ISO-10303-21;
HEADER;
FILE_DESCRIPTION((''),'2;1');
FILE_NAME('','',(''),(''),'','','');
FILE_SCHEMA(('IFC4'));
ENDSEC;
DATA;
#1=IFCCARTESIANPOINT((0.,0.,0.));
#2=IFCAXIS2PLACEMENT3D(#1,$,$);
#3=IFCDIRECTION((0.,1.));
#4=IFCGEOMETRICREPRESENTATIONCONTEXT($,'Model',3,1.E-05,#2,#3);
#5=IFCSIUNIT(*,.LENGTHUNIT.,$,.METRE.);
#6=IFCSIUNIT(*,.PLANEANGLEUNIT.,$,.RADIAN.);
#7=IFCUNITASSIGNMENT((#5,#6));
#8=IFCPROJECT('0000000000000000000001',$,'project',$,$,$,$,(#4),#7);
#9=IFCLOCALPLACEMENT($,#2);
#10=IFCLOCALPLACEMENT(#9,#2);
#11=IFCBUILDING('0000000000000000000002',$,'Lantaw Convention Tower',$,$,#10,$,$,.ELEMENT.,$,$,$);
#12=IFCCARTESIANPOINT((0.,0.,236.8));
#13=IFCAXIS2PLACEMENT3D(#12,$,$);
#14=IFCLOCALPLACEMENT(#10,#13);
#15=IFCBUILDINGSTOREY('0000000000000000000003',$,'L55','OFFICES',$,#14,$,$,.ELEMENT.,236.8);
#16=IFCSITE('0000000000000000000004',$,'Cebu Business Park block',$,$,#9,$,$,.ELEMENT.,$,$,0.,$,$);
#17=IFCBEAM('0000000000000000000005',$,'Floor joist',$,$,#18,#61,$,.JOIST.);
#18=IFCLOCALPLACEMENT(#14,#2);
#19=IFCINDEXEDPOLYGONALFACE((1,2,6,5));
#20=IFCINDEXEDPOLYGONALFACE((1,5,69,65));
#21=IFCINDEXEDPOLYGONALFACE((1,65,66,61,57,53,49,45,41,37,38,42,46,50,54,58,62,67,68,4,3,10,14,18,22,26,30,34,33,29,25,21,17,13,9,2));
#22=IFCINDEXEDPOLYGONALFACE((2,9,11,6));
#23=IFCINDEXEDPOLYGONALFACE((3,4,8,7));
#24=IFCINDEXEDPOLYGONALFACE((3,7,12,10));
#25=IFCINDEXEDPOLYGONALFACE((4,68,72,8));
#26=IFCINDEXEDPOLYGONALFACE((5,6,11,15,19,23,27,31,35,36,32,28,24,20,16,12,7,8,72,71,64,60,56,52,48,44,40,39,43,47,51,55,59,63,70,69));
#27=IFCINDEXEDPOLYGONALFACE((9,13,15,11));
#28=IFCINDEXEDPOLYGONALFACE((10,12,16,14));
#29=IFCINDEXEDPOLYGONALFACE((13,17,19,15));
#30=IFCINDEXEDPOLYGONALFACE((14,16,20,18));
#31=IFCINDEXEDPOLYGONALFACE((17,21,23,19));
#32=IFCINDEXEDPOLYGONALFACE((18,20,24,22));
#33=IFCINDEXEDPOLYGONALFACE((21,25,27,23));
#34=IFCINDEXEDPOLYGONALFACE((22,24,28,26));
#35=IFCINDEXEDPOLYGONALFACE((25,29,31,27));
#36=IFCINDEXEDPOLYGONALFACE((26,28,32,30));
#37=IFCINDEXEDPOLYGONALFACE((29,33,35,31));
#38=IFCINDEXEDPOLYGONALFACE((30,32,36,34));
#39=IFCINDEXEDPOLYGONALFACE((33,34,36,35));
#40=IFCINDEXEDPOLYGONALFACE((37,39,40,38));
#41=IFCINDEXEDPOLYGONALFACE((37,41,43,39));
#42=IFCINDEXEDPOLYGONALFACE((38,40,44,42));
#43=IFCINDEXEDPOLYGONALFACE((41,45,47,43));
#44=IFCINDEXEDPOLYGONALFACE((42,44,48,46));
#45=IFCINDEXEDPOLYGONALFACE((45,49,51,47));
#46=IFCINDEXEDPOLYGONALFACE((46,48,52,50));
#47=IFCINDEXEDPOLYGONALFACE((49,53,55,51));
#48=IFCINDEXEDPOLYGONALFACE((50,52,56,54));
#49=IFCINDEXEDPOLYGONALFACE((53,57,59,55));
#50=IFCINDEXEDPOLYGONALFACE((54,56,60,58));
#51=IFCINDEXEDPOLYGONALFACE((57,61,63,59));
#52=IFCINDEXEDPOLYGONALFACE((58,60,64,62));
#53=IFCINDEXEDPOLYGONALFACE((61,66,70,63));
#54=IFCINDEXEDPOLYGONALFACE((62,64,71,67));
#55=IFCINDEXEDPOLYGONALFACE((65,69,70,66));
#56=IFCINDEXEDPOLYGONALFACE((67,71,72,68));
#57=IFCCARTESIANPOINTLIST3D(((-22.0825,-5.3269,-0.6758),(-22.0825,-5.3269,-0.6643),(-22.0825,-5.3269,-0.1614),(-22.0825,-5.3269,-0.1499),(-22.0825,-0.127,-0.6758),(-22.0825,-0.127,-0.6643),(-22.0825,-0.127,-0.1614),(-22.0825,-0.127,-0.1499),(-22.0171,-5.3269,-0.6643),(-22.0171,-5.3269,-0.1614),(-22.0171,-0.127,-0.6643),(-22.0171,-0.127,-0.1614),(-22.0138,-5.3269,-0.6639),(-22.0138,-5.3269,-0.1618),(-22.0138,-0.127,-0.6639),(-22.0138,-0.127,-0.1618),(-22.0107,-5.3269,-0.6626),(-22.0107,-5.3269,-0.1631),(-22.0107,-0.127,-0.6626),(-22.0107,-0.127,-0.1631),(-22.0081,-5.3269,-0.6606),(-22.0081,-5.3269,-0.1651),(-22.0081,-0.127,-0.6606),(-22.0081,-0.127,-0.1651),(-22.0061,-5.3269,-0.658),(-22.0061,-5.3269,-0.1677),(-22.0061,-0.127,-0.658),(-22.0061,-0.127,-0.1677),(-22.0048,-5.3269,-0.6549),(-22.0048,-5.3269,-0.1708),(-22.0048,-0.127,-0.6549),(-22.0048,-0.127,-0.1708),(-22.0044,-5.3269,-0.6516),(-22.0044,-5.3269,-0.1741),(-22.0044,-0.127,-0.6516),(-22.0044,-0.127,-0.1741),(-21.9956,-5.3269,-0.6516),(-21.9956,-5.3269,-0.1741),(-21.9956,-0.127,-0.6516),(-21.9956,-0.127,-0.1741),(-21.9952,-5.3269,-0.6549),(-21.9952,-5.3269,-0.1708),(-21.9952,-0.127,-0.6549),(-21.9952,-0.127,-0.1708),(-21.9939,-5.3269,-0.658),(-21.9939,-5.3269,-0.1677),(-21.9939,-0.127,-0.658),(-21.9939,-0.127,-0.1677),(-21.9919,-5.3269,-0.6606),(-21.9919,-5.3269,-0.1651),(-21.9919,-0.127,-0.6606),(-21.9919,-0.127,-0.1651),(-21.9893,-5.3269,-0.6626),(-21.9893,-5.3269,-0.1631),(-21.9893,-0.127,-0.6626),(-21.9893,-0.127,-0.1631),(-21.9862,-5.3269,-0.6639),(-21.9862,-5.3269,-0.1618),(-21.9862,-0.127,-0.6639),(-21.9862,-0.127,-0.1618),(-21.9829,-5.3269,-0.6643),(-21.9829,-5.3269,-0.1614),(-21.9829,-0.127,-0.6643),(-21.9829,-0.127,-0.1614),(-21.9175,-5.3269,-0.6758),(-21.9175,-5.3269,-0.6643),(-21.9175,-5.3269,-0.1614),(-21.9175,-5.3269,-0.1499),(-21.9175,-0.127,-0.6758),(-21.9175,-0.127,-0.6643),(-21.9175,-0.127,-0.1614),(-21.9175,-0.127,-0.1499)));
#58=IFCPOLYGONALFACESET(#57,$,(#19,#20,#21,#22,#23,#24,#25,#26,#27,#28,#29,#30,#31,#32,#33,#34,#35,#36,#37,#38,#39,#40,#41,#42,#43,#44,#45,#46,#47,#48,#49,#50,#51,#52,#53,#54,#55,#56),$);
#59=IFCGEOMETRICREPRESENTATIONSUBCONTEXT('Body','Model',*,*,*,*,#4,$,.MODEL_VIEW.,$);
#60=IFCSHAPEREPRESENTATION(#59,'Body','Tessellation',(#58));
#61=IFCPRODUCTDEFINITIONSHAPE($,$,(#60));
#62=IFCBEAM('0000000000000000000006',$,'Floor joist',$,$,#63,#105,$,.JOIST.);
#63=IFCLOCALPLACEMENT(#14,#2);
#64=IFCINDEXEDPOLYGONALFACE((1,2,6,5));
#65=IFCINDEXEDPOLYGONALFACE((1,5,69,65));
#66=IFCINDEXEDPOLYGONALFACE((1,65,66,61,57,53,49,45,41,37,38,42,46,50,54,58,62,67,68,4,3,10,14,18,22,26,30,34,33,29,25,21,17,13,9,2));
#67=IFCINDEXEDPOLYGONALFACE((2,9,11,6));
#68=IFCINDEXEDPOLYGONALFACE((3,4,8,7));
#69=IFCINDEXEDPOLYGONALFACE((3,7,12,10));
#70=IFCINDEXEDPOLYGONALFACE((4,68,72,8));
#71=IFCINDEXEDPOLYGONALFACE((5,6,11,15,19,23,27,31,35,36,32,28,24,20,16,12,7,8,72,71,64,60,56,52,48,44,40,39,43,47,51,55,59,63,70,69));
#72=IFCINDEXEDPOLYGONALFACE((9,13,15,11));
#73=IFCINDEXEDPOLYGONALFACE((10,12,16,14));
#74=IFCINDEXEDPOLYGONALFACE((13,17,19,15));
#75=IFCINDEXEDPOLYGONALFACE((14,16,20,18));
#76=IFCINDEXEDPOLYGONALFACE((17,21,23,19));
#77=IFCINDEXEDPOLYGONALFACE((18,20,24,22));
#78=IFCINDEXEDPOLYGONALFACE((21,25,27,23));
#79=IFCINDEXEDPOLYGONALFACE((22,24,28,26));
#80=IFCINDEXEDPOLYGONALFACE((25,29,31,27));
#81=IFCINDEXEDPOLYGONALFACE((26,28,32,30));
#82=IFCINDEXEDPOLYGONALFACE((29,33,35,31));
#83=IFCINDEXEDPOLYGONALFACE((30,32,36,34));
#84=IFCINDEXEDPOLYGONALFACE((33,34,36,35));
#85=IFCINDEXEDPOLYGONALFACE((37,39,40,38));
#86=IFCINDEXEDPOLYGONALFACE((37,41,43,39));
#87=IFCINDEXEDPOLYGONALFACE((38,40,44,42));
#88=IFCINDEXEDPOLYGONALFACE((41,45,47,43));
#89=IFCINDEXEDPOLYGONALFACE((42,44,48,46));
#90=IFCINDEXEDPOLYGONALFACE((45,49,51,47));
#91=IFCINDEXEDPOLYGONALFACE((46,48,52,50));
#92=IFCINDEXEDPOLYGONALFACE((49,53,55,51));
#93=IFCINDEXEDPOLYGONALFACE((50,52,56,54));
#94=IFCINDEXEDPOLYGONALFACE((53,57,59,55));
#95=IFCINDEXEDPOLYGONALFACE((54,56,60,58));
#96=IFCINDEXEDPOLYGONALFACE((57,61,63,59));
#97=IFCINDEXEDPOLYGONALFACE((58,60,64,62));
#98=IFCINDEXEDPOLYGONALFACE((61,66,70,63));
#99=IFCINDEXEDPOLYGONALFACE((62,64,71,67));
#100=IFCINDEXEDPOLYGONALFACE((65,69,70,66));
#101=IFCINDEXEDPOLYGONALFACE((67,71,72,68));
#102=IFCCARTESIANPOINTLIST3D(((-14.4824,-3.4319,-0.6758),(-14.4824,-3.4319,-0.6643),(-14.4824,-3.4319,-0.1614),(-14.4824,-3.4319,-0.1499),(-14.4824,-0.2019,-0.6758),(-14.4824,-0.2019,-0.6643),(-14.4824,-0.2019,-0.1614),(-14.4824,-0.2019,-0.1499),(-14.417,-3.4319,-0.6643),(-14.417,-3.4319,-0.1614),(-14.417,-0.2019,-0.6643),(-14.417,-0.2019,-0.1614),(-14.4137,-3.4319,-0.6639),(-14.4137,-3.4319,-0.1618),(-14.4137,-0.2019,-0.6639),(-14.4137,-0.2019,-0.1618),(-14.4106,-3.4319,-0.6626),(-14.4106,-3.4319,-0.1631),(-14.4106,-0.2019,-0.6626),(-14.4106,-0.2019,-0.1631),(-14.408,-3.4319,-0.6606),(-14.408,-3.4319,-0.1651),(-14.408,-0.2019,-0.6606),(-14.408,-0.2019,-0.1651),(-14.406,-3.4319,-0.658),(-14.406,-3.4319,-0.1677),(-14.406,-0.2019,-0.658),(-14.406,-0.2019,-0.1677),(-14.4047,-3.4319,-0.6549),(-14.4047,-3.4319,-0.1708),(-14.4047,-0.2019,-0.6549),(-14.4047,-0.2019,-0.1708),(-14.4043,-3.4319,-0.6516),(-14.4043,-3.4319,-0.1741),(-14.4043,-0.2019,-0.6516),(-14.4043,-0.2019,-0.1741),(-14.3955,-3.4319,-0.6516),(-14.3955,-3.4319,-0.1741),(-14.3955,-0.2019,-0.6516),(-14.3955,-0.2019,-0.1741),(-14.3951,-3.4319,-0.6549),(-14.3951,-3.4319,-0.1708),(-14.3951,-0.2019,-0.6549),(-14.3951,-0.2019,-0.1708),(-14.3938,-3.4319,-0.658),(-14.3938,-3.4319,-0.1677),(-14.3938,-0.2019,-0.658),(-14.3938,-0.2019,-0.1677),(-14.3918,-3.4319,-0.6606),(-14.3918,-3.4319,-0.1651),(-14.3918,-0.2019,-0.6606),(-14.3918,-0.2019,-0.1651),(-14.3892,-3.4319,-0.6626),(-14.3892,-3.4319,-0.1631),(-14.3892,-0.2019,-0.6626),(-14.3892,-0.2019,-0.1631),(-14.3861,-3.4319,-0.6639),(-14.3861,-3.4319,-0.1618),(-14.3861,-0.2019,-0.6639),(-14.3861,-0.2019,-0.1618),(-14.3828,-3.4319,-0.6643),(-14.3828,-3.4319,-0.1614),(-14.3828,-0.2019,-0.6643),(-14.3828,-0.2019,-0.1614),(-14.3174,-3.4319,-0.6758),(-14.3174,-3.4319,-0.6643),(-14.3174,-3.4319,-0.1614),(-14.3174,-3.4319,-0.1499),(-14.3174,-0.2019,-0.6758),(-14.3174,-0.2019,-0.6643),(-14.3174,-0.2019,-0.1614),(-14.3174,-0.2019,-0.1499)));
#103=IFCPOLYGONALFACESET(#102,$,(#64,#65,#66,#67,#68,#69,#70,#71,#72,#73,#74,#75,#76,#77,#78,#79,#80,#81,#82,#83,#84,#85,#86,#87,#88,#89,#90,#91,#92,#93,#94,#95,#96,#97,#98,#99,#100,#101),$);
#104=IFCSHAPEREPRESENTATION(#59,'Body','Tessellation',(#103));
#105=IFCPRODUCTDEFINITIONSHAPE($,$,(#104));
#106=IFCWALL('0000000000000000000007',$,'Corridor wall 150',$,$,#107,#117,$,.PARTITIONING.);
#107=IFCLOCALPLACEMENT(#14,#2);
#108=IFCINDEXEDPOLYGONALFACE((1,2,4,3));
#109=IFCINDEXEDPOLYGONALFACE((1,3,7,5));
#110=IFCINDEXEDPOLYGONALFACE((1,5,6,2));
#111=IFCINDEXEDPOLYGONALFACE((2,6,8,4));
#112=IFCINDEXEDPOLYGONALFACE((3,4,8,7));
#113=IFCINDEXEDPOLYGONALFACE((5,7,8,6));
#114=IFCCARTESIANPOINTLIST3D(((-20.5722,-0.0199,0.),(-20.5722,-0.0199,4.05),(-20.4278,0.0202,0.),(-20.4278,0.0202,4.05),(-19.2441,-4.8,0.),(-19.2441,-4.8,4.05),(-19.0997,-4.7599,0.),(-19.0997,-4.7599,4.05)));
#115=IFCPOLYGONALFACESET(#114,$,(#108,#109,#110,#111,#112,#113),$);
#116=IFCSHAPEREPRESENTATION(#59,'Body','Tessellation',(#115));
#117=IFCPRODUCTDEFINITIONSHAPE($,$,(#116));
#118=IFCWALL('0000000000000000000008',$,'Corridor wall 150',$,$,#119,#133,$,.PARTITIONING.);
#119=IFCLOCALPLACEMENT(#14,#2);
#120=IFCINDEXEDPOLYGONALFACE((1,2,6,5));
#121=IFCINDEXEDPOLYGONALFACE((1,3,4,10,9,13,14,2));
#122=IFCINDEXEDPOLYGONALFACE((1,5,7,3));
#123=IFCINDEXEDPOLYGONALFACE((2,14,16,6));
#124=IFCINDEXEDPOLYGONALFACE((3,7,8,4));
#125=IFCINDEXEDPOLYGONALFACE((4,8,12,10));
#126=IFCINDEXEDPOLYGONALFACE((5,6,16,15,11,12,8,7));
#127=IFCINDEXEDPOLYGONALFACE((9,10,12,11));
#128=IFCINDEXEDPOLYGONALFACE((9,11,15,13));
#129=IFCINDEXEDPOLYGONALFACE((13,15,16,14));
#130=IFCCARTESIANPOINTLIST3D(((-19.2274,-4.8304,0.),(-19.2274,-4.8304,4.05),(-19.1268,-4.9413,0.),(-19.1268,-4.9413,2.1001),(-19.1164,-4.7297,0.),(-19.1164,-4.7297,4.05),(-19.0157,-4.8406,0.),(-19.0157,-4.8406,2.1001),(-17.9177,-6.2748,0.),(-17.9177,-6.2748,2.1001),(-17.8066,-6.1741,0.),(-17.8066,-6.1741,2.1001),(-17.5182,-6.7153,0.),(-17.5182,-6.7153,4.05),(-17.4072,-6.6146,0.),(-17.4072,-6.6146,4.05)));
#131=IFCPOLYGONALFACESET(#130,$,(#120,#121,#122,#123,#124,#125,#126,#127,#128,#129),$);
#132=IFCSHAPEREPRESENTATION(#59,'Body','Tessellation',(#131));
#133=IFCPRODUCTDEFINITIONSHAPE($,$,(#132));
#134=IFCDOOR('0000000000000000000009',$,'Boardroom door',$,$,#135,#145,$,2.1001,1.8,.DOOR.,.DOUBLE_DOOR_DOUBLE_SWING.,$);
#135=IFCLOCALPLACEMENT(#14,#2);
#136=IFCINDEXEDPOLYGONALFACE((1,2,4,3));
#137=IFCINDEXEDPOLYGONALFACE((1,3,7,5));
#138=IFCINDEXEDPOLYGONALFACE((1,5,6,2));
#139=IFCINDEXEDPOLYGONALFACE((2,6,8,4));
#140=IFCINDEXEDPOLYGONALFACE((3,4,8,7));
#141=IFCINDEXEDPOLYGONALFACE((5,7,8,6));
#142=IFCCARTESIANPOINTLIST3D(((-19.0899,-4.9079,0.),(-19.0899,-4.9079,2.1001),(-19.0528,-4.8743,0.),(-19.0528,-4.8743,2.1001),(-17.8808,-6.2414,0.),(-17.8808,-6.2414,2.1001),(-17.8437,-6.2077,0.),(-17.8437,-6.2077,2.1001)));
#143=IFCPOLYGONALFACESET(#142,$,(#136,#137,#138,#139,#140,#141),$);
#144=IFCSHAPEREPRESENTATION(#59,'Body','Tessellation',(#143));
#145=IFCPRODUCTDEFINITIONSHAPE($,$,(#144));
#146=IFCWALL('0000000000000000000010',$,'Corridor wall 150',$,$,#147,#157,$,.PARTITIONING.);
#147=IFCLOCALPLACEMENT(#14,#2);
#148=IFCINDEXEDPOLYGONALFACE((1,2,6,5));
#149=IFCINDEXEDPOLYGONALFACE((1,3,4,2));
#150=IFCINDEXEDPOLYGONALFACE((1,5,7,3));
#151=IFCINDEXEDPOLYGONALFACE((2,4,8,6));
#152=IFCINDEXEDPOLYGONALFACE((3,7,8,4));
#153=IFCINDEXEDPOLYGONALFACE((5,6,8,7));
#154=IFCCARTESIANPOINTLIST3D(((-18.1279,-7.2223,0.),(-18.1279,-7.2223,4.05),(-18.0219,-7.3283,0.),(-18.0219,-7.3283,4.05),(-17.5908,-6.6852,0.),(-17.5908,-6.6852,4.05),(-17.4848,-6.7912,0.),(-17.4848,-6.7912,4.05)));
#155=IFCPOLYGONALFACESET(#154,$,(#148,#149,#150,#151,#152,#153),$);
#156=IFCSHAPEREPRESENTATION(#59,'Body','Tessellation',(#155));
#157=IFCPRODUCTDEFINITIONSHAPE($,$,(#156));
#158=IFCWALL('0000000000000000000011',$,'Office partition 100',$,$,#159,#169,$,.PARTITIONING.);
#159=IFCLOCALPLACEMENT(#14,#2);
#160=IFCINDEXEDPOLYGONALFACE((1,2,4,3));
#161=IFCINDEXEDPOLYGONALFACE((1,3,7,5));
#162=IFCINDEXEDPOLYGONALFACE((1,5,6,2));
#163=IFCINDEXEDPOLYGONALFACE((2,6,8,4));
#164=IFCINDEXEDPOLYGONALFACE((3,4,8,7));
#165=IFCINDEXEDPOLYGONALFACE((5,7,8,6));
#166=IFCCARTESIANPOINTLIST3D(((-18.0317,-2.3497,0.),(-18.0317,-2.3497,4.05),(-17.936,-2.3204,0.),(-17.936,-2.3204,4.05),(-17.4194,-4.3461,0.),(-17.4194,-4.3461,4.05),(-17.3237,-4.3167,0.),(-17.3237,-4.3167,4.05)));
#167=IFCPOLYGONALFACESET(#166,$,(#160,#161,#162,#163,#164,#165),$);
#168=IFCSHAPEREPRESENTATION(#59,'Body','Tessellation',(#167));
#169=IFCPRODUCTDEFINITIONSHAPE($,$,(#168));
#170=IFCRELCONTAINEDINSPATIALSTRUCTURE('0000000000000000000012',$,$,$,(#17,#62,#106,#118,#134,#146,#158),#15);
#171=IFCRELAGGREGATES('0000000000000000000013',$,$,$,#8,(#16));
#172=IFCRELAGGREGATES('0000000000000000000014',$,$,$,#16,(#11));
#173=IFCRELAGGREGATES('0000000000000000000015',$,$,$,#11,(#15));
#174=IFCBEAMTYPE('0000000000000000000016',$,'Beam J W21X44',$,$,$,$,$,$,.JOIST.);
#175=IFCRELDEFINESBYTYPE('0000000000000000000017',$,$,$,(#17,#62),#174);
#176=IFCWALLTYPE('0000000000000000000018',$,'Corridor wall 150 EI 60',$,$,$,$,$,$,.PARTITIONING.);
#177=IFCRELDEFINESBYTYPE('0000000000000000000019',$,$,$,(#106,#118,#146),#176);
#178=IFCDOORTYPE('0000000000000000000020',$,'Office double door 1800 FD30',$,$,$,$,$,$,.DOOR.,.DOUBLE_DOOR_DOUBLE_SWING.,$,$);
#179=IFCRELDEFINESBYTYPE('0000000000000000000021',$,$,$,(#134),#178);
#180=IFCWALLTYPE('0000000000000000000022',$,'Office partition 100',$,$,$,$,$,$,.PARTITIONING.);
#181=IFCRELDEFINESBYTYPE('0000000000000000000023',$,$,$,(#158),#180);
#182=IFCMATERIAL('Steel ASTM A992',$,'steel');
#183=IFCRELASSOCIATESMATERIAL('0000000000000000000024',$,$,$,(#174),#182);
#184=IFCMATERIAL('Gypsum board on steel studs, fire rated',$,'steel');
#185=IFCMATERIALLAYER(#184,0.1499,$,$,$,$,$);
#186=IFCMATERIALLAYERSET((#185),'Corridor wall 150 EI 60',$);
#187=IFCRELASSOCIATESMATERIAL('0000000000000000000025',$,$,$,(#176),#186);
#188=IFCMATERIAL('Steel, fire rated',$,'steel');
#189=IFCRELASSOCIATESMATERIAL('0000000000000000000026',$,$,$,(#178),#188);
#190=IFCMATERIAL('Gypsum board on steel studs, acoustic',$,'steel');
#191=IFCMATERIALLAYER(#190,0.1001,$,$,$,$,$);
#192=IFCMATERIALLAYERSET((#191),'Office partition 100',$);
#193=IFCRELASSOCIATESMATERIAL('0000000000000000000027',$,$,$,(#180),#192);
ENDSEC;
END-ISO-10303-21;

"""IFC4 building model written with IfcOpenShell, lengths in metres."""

from ifc_helpers import new_model, si_unit, direction, frame, frame_2d, origin, origin_2d, place, context, subcontext, project, spatial, rectangle, i_section, extrude, material, layer, layer_set, material_profile, profile_set, type_object, element, fill, save


model = new_model("IFC4")

# Units and contexts
model_context = context("Model", 3, precision=1e-05, world=origin(), true_north=direction((0.0, 1.0)))
body_context = subcontext(model_context, "Body", "Model", "MODEL_VIEW")
ifc_project = project(units=[si_unit("LENGTHUNIT", "METRE"), si_unit("PLANEANGLEUNIT", "RADIAN")], contexts=[model_context])

# Site, building, storey
site_placement = place(None, origin())
site = spatial("IfcSite", under=ifc_project, at=site_placement, Name="Cebu Business Park block", CompositionType="ELEMENT", RefElevation=0.0)
building_placement = place(site_placement, origin())
building = spatial("IfcBuilding", under=site, at=building_placement, Name="Lantaw Convention Tower", CompositionType="ELEMENT")
storey_placement = place(building_placement, frame((0.0, 0.0, 236.8)))
storey = spatial("IfcBuildingStorey", under=building, at=storey_placement, Name="L55", Description="OFFICES", CompositionType="ELEMENT", Elevation=236.8)

# Beams
ifc_material_1 = material(Name="Steel ASTM A992", Category="steel")
ifc_material_profile_1 = material_profile(ifc_material_1, i_section(OverallWidth=0.165, OverallDepth=0.5259, WebThickness=0.0088, FlangeThickness=0.0115, FilletRadius=0.0127, at=origin_2d()), Name="W21X44")
ifc_profile_set_1 = profile_set([ifc_material_profile_1], Name="Steel ASTM A992")
beam_type_1 = type_object("IfcBeamType", Name="Beam J W21X44", PredefinedType="JOIST", material=ifc_profile_set_1)
beam_1_placement = place(storey_placement, frame((-22.0, -5.3269, -0.4128), z_axis=(0.0, 1.0, 0.0), x_axis=(-1.0, 0.0, 0.0)))
element("IfcBeam", 1, at=beam_1_placement, inside=storey, type_object=beam_type_1, Name="Floor joist", PredefinedType="JOIST", context=body_context, shape_type="SweptSolid", body=[
    extrude(i_section(OverallWidth=0.165, OverallDepth=0.5259, WebThickness=0.0088, FlangeThickness=0.0115, FilletRadius=0.0127, at=origin_2d()), origin(), (0.0, 0.0, 1.0), 5.2),
])
beam_2_placement = place(storey_placement, frame((-14.3999, -3.4319, -0.4128), z_axis=(0.0, 1.0, 0.0), x_axis=(-1.0, 0.0, 0.0)))
element("IfcBeam", 2, at=beam_2_placement, inside=storey, type_object=beam_type_1, Name="Floor joist", PredefinedType="JOIST", context=body_context, shape_type="SweptSolid", body=[
    extrude(i_section(OverallWidth=0.165, OverallDepth=0.5259, WebThickness=0.0088, FlangeThickness=0.0115, FilletRadius=0.0127, at=origin_2d()), origin(), (0.0, 0.0, 1.0), 3.23),
])

# Wall
ifc_material_2 = material(Name="Gypsum board on steel studs, fire rated", Category="steel")
ifc_layer_1 = layer(ifc_material_2, 0.1499)
ifc_layer_set_1 = layer_set([ifc_layer_1], Name="Corridor wall 150 EI 60")
wall_type_1 = type_object("IfcWallType", Name="Corridor wall 150 EI 60", PredefinedType="PARTITIONING", material=ifc_layer_set_1)
wall_1_placement = place(storey_placement, frame((-20.5, 0.0, 0.0), z_axis=(0.0, 0.0, 1.0), x_axis=(0.267707, -0.9635, 0.0)))
element("IfcWall", 3, at=wall_1_placement, inside=storey, type_object=wall_type_1, Name="Corridor wall 150", PredefinedType="PARTITIONING", context=body_context, shape_type="SweptSolid", body=[
    extrude(rectangle(XDim=4.9612, YDim=0.1499, at=frame_2d((2.4805, 0.0))), origin(), (0.0, 0.0, 1.0), 4.05),
])

# Wall, opening, door
wall_2_placement = place(storey_placement, frame((-19.1719, -4.78, 0.0), z_axis=(0.0, 0.0, 1.0), x_axis=(0.671722, -0.740803, 0.0)))
wall_2 = element("IfcWall", 4, at=wall_2_placement, inside=storey, type_object=wall_type_1, Name="Corridor wall 150", PredefinedType="PARTITIONING", context=body_context, shape_type="SweptSolid", body=[
    extrude(rectangle(XDim=2.5444, YDim=0.1499, at=frame_2d((1.2722, 0.0))), origin(), (0.0, 0.0, 1.0), 4.05),
])
opening_1_placement = place(wall_2_placement, frame((0.1499, 0.0, 0.0)))
opening_1 = element("IfcOpeningElement", 5, at=opening_1_placement, cuts=wall_2, PredefinedType="OPENING", context=body_context, shape_type="SweptSolid", body=[
    extrude(rectangle(XDim=1.8, YDim=2.1001, at=frame_2d((0.8999, 1.05))), frame((0.0, 0.085, 0.0), z_axis=(0.0, -1.0, 0.0), x_axis=(1.0, 0.0, 0.0)), (0.0, 0.0, 1.0), 0.1699),
])
ifc_material_3 = material(Name="Steel, fire rated", Category="steel")
door_type_1 = type_object("IfcDoorType", Name="Office double door 1800 FD30", OperationType="DOUBLE_DOOR_DOUBLE_SWING", PredefinedType="DOOR", material=ifc_material_3)
door_1_placement = place(opening_1_placement, origin())
door_1 = element("IfcDoor", 6, at=door_1_placement, inside=storey, type_object=door_type_1, Name="Boardroom door", OperationType="DOUBLE_DOOR_DOUBLE_SWING", OverallHeight=2.1001, OverallWidth=1.8, PredefinedType="DOOR", context=body_context, shape_type="SweptSolid", body=[
    extrude(rectangle(XDim=1.8, YDim=2.1001, at=frame_2d((0.8999, 1.05))), frame((0.0, 0.0249, 0.0), z_axis=(0.0, -1.0, 0.0), x_axis=(1.0, 0.0, 0.0)), (0.0, 0.0, 1.0), 0.05),
])
fill(opening_1, door_1)

# Walls
wall_3_placement = place(storey_placement, frame((-18.075, -7.2754, 0.0), z_axis=(0.0, 0.0, 1.0), x_axis=(0.707107, 0.707107, 0.0)))
element("IfcWall", 7, at=wall_3_placement, inside=storey, type_object=wall_type_1, Name="Corridor wall 150", PredefinedType="PARTITIONING", context=body_context, shape_type="SweptSolid", body=[
    extrude(rectangle(XDim=0.7595, YDim=0.1499, at=frame_2d((0.3799, 0.0))), origin(), (0.0, 0.0, 1.0), 4.05),
])
ifc_material_4 = material(Name="Gypsum board on steel studs, acoustic", Category="steel")
ifc_layer_2 = layer(ifc_material_4, 0.1001)
ifc_layer_set_2 = layer_set([ifc_layer_2], Name="Office partition 100")
wall_type_2 = type_object("IfcWallType", Name="Office partition 100", PredefinedType="PARTITIONING", material=ifc_layer_set_2)
wall_4_placement = place(storey_placement, frame((-17.3716, -4.3313, 0.0), z_axis=(0.0, 0.0, 1.0), x_axis=(-0.293231, 0.956042, 0.0)))
element("IfcWall", 8, at=wall_4_placement, inside=storey, type_object=wall_type_2, Name="Office partition 100", PredefinedType="PARTITIONING", context=body_context, shape_type="SweptSolid", body=[
    extrude(rectangle(XDim=2.0881, YDim=0.1001, at=frame_2d((1.0439, 0.0))), origin(), (0.0, 0.0, 1.0), 4.05),
])

save(model, "model.ifc")
